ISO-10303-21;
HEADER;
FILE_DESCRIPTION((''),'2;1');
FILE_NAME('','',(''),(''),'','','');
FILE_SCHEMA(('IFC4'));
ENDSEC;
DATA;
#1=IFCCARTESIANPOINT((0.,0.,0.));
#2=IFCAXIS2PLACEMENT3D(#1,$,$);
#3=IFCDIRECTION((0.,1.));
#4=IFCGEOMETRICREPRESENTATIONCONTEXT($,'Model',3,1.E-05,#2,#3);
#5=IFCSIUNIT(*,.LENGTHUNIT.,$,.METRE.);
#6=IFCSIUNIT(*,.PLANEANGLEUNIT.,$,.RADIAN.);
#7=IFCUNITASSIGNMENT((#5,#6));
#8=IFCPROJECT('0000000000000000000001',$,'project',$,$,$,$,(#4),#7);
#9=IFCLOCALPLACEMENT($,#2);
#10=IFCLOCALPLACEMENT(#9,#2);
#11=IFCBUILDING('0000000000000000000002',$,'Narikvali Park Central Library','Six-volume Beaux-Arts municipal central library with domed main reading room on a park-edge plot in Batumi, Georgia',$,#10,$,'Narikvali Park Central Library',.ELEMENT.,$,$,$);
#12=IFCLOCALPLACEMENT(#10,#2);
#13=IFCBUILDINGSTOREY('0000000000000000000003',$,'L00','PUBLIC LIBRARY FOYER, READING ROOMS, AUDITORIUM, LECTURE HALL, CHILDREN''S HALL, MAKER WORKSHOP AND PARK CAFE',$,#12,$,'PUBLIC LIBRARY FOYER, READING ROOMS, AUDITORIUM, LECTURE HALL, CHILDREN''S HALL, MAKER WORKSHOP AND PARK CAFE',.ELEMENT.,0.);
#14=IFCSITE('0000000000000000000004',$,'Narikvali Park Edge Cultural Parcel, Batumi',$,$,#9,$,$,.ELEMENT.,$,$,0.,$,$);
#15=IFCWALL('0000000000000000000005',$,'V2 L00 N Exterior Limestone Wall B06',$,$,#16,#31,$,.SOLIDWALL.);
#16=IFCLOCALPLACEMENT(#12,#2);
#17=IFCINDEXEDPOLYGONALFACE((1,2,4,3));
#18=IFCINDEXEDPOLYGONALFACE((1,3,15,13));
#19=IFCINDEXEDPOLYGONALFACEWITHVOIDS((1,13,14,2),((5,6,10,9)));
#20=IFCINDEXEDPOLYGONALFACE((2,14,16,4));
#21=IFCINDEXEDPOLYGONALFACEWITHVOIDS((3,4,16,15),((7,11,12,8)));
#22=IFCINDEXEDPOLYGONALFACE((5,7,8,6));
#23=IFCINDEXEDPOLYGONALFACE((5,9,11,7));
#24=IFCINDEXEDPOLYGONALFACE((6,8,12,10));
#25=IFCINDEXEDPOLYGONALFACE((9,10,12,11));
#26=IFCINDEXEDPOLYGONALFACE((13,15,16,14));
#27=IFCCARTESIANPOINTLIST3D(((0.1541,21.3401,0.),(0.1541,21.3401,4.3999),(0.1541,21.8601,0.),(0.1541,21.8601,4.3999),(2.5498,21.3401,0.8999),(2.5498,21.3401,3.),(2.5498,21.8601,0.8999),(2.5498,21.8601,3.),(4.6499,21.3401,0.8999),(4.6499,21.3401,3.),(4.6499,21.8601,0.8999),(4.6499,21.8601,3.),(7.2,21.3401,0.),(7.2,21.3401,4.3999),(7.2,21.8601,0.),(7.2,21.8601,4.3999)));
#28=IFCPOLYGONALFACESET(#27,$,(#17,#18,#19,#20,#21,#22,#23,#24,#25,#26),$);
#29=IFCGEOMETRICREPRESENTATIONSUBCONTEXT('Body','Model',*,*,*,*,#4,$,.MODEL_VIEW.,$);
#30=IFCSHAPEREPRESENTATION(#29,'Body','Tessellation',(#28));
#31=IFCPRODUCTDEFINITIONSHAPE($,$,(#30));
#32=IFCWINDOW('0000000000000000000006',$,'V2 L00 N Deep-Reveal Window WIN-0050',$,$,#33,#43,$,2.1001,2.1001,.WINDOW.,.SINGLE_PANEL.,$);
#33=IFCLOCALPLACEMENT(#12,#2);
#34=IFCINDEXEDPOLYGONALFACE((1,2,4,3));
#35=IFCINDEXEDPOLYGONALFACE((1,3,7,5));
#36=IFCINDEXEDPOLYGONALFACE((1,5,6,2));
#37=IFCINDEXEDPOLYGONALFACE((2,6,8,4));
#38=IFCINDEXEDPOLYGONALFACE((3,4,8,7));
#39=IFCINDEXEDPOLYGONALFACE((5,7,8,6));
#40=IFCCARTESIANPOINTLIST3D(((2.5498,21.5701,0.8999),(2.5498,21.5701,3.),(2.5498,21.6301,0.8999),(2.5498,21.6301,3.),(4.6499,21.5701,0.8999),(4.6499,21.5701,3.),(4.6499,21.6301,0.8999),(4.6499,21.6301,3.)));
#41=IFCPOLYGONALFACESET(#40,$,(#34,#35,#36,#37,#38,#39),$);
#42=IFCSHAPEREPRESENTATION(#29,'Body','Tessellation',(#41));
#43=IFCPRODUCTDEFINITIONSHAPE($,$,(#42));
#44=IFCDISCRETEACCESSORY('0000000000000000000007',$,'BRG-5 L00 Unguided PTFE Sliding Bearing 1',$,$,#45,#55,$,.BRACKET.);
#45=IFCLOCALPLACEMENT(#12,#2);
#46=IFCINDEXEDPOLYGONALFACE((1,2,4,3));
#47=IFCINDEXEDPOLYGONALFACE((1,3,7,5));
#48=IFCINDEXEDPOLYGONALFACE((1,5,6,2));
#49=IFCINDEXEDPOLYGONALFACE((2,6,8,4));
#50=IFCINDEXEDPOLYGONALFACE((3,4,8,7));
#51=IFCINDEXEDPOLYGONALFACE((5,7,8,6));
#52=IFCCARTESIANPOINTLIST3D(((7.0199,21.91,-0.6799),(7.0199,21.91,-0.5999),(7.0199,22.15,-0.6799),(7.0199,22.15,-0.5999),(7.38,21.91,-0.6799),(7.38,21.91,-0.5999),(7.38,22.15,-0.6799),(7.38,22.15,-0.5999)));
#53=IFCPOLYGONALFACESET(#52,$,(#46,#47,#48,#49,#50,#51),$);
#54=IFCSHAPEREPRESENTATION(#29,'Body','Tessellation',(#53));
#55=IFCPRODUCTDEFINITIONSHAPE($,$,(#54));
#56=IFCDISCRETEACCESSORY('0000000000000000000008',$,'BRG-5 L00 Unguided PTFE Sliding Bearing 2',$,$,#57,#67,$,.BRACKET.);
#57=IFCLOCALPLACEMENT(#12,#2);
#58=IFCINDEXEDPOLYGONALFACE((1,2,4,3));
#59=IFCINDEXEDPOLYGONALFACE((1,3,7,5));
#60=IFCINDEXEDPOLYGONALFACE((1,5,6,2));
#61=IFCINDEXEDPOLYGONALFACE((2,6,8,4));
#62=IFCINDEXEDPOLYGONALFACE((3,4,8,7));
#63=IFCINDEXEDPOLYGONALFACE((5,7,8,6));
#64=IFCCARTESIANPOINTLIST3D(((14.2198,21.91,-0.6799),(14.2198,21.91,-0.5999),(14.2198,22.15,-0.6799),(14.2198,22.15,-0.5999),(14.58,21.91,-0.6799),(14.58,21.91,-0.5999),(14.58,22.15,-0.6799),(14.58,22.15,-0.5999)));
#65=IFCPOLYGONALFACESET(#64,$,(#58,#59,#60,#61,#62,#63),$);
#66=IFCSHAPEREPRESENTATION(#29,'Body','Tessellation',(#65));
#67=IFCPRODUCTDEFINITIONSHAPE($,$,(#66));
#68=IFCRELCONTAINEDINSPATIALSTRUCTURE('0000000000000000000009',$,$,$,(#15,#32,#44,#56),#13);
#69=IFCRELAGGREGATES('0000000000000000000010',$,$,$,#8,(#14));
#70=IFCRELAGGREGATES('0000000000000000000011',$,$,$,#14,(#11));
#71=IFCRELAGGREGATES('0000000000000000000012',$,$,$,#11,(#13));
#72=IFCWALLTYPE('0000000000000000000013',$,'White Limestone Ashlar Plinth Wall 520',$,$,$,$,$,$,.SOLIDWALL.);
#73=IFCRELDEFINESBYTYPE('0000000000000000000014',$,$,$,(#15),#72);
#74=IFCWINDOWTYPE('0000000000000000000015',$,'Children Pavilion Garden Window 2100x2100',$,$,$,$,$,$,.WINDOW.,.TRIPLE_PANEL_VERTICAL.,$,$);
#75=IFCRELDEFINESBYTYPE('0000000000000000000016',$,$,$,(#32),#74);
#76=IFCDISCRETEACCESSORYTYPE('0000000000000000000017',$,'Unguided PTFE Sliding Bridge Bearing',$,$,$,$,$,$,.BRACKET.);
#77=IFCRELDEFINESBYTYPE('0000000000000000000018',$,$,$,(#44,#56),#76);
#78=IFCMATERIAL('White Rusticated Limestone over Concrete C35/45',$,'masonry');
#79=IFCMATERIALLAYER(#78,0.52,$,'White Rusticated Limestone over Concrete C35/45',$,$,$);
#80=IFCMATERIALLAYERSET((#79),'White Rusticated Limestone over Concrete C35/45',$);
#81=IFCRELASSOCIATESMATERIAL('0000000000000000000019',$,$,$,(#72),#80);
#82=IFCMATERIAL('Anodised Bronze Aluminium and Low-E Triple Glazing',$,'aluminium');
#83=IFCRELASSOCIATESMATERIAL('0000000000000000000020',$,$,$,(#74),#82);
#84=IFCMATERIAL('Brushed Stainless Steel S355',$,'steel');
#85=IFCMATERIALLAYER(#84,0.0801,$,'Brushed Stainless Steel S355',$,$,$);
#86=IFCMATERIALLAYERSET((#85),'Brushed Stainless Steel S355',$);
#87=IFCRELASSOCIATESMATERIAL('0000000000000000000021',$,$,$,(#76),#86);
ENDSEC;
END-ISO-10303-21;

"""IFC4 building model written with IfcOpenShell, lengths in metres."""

from ifc_helpers import new_model, si_unit, direction, frame, frame_2d, origin, origin_2d, place, context, subcontext, project, spatial, rectangle, extrude, material, layer, layer_set, type_object, element, fill, save


model = new_model("IFC4")

# Units and contexts
model_context = context("Model", 3, precision=1e-05, world=origin(), true_north=direction((0.0, 1.0)))
body_context = subcontext(model_context, "Body", "Model", "MODEL_VIEW")
ifc_project = project(units=[si_unit("LENGTHUNIT", "METRE"), si_unit("PLANEANGLEUNIT", "RADIAN")], contexts=[model_context])

# Site, building, storey
site_placement = place(None, origin())
site = spatial("IfcSite", under=ifc_project, at=site_placement, Name="Narikvali Park Edge Cultural Parcel, Batumi", CompositionType="ELEMENT", RefElevation=0.0)
building_placement = place(site_placement, origin())
building = spatial("IfcBuilding", under=site, at=building_placement, Name="Narikvali Park Central Library", Description="Six-volume Beaux-Arts municipal central library with domed main reading room on a park-edge plot in Batumi, Georgia", LongName="Narikvali Park Central Library", CompositionType="ELEMENT")
storey_placement = place(building_placement, origin())
storey = spatial("IfcBuildingStorey", under=building, at=storey_placement, Name="L00", Description="PUBLIC LIBRARY FOYER, READING ROOMS, AUDITORIUM, LECTURE HALL, CHILDREN'S HALL, MAKER WORKSHOP AND PARK CAFE", LongName="PUBLIC LIBRARY FOYER, READING ROOMS, AUDITORIUM, LECTURE HALL, CHILDREN'S HALL, MAKER WORKSHOP AND PARK CAFE", CompositionType="ELEMENT", Elevation=0.0)

# Shared definitions
ifc_material_1 = material(Name="White Rusticated Limestone over Concrete C35/45", Category="masonry")
ifc_layer_1 = layer(ifc_material_1, 0.52, Name="White Rusticated Limestone over Concrete C35/45")
ifc_layer_set_1 = layer_set([ifc_layer_1], Name="White Rusticated Limestone over Concrete C35/45")
wall_type_1 = type_object("IfcWallType", Name="White Limestone Ashlar Plinth Wall 520", PredefinedType="SOLIDWALL", material=ifc_layer_set_1)

# Wall, opening, window
wall_1_placement = place(storey_placement, frame((7.2, 21.6001, 0.0), z_axis=(0.0, 0.0, 1.0), x_axis=(-1.0, 0.0, 0.0)))
wall_1 = element("IfcWall", 1, at=wall_1_placement, inside=storey, type_object=wall_type_1, Name="V2 L00 N Exterior Limestone Wall B06", PredefinedType="SOLIDWALL", context=body_context, shape_type="SweptSolid", body=[
    extrude(rectangle(XDim=7.0459, YDim=0.52, at=frame_2d((3.5229, 0.0))), origin(), (0.0, 0.0, 1.0), 4.3999),
])
opening_1_placement = place(wall_1_placement, frame((2.55, 0.0, 0.8999)))
opening_1 = element("IfcOpeningElement", 2, at=opening_1_placement, cuts=wall_1, PredefinedType="OPENING", context=body_context, shape_type="SweptSolid", body=[
    extrude(rectangle(XDim=2.1001, YDim=2.1001, at=frame_2d((1.05, 1.05))), frame((0.0, 0.272, 0.0), z_axis=(0.0, -1.0, 0.0), x_axis=(1.0, 0.0, 0.0)), (0.0, 0.0, 1.0), 0.5439),
])
ifc_material_2 = material(Name="Anodised Bronze Aluminium and Low-E Triple Glazing", Category="aluminium")
window_type = type_object("IfcWindowType", Name="Children Pavilion Garden Window 2100x2100", PartitioningType="TRIPLE_PANEL_VERTICAL", PredefinedType="WINDOW", material=ifc_material_2)
window_placement = place(opening_1_placement, origin())
window = element("IfcWindow", 3, at=window_placement, inside=storey, type_object=window_type, Name="V2 L00 N Deep-Reveal Window WIN-0050", OverallHeight=2.1001, OverallWidth=2.1001, PartitioningType="SINGLE_PANEL", PredefinedType="WINDOW", context=body_context, shape_type="SweptSolid", body=[
    extrude(rectangle(XDim=2.1001, YDim=2.1001, at=frame_2d((1.05, 1.05))), frame((0.0, 0.03, 0.0), z_axis=(0.0, -1.0, 0.0), x_axis=(1.0, 0.0, 0.0)), (0.0, 0.0, 1.0), 0.0601),
])
fill(opening_1, window)

# Discrete accessories
ifc_material_3 = material(Name="Brushed Stainless Steel S355", Category="steel")
ifc_layer_2 = layer(ifc_material_3, 0.0801, Name="Brushed Stainless Steel S355")
ifc_layer_set_2 = layer_set([ifc_layer_2], Name="Brushed Stainless Steel S355")
discrete_accessory_type = type_object("IfcDiscreteAccessoryType", Name="Unguided PTFE Sliding Bridge Bearing", PredefinedType="BRACKET", material=ifc_layer_set_2)
for number, where, z_axis, x_axis, name in (
    (4, (7.2, 22.03, -0.6799), (0.0, 0.0, 1.0), (1.0, 0.0, 0.0), "BRG-5 L00 Unguided PTFE Sliding Bearing 1"),
    (5, (14.3999, 22.03, -0.6799), (0.0, 0.0, 1.0), (1.0, 0.0, 0.0), "BRG-5 L00 Unguided PTFE Sliding Bearing 2"),
):
    element("IfcDiscreteAccessory", number, at=place(storey_placement, frame(where, z_axis=z_axis, x_axis=x_axis)), inside=storey, type_object=discrete_accessory_type, Name=name, PredefinedType="BRACKET", context=body_context, shape_type="SweptSolid", body=[
        extrude(rectangle(XDim=0.3601, YDim=0.24, at=origin_2d()), origin(), (0.0, 0.0, 1.0), 0.0801),
    ])

save(model, "model.ifc")
